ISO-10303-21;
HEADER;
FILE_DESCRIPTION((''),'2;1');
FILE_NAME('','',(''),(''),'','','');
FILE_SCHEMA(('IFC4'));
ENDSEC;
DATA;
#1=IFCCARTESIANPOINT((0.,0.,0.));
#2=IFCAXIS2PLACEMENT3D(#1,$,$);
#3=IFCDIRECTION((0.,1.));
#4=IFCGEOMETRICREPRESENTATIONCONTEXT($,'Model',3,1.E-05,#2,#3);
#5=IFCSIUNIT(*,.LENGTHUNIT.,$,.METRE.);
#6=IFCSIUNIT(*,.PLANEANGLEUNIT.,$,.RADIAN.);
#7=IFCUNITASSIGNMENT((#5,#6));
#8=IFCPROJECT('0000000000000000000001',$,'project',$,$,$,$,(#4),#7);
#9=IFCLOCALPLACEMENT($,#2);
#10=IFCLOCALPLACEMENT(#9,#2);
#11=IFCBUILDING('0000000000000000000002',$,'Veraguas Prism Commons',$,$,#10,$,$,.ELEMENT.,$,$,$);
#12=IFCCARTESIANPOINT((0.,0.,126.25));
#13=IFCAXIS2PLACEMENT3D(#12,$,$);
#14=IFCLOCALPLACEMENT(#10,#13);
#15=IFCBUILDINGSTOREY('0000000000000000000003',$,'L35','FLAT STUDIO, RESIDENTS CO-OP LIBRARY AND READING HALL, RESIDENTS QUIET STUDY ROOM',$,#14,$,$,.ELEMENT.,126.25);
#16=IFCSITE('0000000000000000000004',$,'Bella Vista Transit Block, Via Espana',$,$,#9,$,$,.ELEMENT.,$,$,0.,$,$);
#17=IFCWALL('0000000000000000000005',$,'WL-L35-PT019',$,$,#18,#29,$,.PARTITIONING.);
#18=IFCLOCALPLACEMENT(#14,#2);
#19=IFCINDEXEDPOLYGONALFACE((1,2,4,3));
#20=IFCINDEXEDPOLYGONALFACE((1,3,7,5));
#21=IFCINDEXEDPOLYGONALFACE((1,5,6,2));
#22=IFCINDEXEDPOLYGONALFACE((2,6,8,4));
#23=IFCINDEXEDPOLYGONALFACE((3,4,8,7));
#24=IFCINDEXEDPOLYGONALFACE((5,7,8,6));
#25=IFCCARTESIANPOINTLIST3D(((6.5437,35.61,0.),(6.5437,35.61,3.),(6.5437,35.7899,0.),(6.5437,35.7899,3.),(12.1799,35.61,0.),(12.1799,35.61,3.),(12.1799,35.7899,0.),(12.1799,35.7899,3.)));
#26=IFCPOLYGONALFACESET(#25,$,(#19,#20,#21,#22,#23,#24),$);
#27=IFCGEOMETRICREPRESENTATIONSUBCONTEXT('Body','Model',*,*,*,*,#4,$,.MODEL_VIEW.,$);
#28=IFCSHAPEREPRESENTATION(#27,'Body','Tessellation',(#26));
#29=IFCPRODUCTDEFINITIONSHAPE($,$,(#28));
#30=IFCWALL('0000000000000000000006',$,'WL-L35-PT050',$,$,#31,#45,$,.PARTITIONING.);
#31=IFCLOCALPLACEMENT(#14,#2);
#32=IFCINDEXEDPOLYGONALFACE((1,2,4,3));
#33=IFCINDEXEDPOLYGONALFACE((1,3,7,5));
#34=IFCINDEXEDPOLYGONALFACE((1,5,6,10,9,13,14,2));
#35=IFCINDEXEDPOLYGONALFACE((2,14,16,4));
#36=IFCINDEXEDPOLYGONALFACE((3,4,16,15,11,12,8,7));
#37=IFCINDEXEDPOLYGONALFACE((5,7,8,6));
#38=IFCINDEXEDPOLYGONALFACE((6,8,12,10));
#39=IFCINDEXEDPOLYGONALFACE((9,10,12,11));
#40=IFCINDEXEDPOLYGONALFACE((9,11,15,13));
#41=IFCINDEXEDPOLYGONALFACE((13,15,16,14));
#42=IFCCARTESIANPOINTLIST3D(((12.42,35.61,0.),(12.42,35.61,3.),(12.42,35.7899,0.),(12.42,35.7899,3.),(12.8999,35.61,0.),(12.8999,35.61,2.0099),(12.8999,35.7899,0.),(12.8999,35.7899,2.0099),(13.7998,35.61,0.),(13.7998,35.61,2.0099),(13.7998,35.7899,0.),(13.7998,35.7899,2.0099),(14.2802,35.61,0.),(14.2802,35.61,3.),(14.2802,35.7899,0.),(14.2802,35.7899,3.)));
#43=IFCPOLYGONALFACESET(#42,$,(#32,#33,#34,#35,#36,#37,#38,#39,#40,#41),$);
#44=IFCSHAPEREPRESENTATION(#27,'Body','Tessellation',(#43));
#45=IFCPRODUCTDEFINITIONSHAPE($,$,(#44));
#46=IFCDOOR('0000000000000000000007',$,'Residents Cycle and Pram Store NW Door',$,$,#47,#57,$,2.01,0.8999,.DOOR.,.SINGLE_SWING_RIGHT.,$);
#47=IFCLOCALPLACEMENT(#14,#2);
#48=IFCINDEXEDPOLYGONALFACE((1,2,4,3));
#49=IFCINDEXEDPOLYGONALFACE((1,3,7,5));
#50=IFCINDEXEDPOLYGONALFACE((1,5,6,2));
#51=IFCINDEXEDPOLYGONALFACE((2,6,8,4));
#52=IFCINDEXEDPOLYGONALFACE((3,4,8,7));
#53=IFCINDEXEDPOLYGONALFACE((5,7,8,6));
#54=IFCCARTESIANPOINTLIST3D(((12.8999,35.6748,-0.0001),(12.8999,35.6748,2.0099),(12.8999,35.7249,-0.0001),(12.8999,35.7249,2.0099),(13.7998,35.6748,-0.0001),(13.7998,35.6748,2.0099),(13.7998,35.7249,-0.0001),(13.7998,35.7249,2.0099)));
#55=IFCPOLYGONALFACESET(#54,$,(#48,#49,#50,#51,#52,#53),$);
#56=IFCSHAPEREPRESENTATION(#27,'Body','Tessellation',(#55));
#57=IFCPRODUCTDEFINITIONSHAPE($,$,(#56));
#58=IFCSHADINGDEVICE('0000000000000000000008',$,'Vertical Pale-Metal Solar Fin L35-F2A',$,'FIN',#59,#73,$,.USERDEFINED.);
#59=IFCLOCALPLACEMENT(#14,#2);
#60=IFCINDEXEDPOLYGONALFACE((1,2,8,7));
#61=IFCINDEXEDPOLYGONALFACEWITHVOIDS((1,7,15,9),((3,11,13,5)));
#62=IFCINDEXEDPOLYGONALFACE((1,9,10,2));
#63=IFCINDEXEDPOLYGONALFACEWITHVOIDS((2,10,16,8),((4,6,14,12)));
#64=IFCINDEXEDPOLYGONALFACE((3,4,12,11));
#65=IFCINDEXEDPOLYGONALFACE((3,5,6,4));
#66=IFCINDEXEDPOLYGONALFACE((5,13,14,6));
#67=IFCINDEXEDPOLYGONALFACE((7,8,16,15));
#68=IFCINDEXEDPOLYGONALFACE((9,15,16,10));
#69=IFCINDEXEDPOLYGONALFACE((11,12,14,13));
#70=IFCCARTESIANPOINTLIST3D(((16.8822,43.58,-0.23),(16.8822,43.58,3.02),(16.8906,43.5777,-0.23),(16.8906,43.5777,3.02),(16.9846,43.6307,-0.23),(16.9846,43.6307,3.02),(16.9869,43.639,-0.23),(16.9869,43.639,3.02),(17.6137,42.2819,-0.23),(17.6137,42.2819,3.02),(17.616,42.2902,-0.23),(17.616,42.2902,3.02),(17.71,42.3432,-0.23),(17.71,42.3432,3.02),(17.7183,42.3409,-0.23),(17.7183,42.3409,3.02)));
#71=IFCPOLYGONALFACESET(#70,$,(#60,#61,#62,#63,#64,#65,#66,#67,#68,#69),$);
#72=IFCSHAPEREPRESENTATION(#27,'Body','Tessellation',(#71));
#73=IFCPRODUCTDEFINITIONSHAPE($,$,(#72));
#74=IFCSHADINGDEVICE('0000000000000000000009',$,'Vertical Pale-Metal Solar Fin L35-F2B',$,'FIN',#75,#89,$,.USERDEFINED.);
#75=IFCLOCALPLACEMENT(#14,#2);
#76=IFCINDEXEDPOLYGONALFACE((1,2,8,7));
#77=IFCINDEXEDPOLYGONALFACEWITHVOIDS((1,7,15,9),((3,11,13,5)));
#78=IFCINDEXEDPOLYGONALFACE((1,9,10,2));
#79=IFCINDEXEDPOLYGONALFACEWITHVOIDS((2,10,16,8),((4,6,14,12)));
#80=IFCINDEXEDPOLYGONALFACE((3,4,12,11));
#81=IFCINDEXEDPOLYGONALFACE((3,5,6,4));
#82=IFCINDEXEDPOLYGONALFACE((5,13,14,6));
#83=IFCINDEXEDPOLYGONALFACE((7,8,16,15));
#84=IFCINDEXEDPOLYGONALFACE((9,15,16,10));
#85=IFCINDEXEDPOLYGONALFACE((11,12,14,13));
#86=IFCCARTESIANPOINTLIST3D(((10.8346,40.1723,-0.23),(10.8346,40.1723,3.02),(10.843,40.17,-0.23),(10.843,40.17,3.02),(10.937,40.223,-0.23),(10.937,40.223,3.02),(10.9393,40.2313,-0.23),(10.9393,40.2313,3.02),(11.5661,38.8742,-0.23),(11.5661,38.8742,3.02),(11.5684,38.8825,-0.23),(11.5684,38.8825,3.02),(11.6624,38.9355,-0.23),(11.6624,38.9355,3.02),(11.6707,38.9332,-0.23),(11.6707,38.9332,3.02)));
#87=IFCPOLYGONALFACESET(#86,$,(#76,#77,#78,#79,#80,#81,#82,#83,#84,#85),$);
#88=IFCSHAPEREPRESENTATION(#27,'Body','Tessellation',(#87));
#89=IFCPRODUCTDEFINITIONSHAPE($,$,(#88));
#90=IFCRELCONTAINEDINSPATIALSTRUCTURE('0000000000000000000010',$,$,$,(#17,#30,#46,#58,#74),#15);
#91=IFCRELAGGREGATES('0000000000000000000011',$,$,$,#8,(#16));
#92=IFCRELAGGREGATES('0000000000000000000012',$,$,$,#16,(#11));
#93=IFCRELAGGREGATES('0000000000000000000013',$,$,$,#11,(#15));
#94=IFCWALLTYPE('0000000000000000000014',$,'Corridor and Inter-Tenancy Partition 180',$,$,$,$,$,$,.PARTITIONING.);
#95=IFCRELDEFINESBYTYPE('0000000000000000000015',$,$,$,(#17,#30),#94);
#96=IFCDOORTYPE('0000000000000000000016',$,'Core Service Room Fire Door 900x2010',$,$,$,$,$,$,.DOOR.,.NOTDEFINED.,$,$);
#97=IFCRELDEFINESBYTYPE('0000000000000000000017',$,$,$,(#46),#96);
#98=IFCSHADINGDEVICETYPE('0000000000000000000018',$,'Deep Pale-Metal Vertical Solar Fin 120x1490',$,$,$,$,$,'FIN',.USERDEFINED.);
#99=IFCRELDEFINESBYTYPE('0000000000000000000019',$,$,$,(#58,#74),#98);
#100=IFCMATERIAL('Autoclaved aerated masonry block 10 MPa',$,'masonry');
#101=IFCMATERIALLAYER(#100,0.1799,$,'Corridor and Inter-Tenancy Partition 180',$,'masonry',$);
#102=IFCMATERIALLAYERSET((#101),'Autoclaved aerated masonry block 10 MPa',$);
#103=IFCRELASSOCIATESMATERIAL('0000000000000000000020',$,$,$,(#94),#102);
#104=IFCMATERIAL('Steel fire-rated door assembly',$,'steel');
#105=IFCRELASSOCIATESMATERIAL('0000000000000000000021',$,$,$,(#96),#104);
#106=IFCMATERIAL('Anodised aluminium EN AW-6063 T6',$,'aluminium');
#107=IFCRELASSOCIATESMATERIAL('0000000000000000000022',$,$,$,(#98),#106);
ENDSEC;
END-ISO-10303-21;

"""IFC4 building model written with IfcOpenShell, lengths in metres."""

from ifc_helpers import new_model, si_unit, direction, frame, frame_2d, origin, origin_2d, place, context, subcontext, project, spatial, rectangle, hollow_rectangle, extrude, source, transform, mapped, material, layer, layer_set, material_profile, profile_set, type_object, element, fill, save


model = new_model("IFC4")

# Units and contexts
model_context = context("Model", 3, precision=1e-05, world=origin(), true_north=direction((0.0, 1.0)))
body_context = subcontext(model_context, "Body", "Model", "MODEL_VIEW")
ifc_project = project(units=[si_unit("LENGTHUNIT", "METRE"), si_unit("PLANEANGLEUNIT", "RADIAN")], contexts=[model_context])

# Site, building, storey
site_placement = place(None, origin())
site = spatial("IfcSite", under=ifc_project, at=site_placement, Name="Bella Vista Transit Block, Via Espana", CompositionType="ELEMENT", RefElevation=0.0)
building_placement = place(site_placement, origin())
building = spatial("IfcBuilding", under=site, at=building_placement, Name="Veraguas Prism Commons", CompositionType="ELEMENT")
storey_placement = place(building_placement, frame((0.0, 0.0, 126.25)))
storey = spatial("IfcBuildingStorey", under=building, at=storey_placement, Name="L35", Description="FLAT STUDIO, RESIDENTS CO-OP LIBRARY AND READING HALL, RESIDENTS QUIET STUDY ROOM", CompositionType="ELEMENT", Elevation=126.25)

# Shared definitions
ifc_material_1 = material(Name="Anodised aluminium EN AW-6063 T6", Category="aluminium")

# Shared definitions
ifc_material_2 = material(Name="Autoclaved aerated masonry block 10 MPa", Category="masonry")
ifc_layer_1 = layer(ifc_material_2, 0.1799, Name="Corridor and Inter-Tenancy Partition 180", Category="masonry")
ifc_layer_set_1 = layer_set([ifc_layer_1], Name="Autoclaved aerated masonry block 10 MPa")
wall_type_1 = type_object("IfcWallType", Name="Corridor and Inter-Tenancy Partition 180", PredefinedType="PARTITIONING", material=ifc_layer_set_1)

# Shared definitions
ifc_material_3 = material(Name="Steel fire-rated door assembly", Category="steel")

# Wall
wall_1_placement = place(storey_placement, frame((12.1799, 35.7, 0.0), z_axis=(0.0, 0.0, 1.0), x_axis=(-1.0, 0.0, 0.0)))
element("IfcWall", 1, at=wall_1_placement, inside=storey, type_object=wall_type_1, Name="WL-L35-PT019", PredefinedType="PARTITIONING", context=body_context, shape_type="SweptSolid", body=[
    extrude(rectangle(XDim=5.6362, YDim=0.1799, at=frame_2d((2.8181, 0.0))), origin(), (0.0, 0.0, 1.0), 3.0),
])

# Wall, opening, door
wall_2_placement = place(storey_placement, frame((12.4199, 35.7, 0.0), z_axis=(0.0, 0.0, 1.0), x_axis=(1.0, 0.0, 0.0)))
wall_2 = element("IfcWall", 2, at=wall_2_placement, inside=storey, type_object=wall_type_1, Name="WL-L35-PT050", PredefinedType="PARTITIONING", context=body_context, shape_type="SweptSolid", body=[
    extrude(rectangle(XDim=1.8601, YDim=0.1799, at=frame_2d((0.9302, 0.0))), origin(), (0.0, 0.0, 1.0), 3.0),
])
opening_1_placement = place(wall_2_placement, frame((0.48, 0.0, 0.0)))
opening_1 = element("IfcOpeningElement", 3, at=opening_1_placement, cuts=wall_2, PredefinedType="OPENING", context=body_context, shape_type="SweptSolid", body=[
    extrude(rectangle(XDim=0.8999, YDim=2.01, at=frame_2d((0.45, 1.0049))), frame((0.0, 0.0999, 0.0), z_axis=(0.0, -1.0, 0.0), x_axis=(1.0, 0.0, 0.0)), (0.0, 0.0, 1.0), 0.2),
])
door_type_1 = type_object("IfcDoorType", Name="Core Service Room Fire Door 900x2010", OperationType="NOTDEFINED", PredefinedType="DOOR", material=ifc_material_3)
shared_shape_1 = source(origin(), body_context, "Body", "SweptSolid", [
    extrude(rectangle(XDim=0.8999, YDim=2.01, at=frame_2d((0.45, 1.0049))), frame((0.0, 0.0249, 0.0), z_axis=(0.0, -1.0, 0.0), x_axis=(1.0, 0.0, 0.0)), (0.0, 0.0, 1.0), 0.05),
])
door_1_placement = place(opening_1_placement, origin())
door_1 = element("IfcDoor", 4, at=door_1_placement, inside=storey, type_object=door_type_1, Name="Residents Cycle and Pram Store NW Door", OperationType="SINGLE_SWING_RIGHT", OverallHeight=2.01, OverallWidth=0.8999, PredefinedType="DOOR", context=body_context, shape_type="MappedRepresentation", body=[
    mapped(shared_shape_1, transform((0.0, 0.0, 0.0), scale=1.0)),
])
fill(opening_1, door_1)

# Shading devices
ifc_material_profile_1 = material_profile(ifc_material_1, hollow_rectangle(XDim=0.1201, YDim=1.49, WallThickness=0.0061, at=origin_2d()), Name="FIN120X1490X6")
ifc_profile_set_1 = profile_set([ifc_material_profile_1], Name="Anodised aluminium EN AW-6063 T6")
shading_device_type = type_object("IfcShadingDeviceType", Name="Deep Pale-Metal Vertical Solar Fin 120x1490", ElementType="FIN", PredefinedType="USERDEFINED", material=ifc_profile_set_1)
for number, where, z_axis, x_axis, name in (
    (5, (17.3003, 42.9604, -0.23), (0.0, 0.0, 1.0), (-0.871214, -0.490904, 0.0), "Vertical Pale-Metal Solar Fin L35-F2A"),
    (6, (11.2527, 39.5527, -0.23), (0.0, 0.0, 1.0), (-0.871214, -0.490904, 0.0), "Vertical Pale-Metal Solar Fin L35-F2B"),
):
    element("IfcShadingDevice", number, at=place(storey_placement, frame(where, z_axis=z_axis, x_axis=x_axis)), inside=storey, type_object=shading_device_type, Name=name, ObjectType="FIN", PredefinedType="USERDEFINED", context=body_context, shape_type="SweptSolid", body=[
        extrude(hollow_rectangle(XDim=0.1201, YDim=1.49, WallThickness=0.0061, at=origin_2d()), origin(), (0.0, 0.0, 1.0), 3.25),
    ])

save(model, "model.ifc")
